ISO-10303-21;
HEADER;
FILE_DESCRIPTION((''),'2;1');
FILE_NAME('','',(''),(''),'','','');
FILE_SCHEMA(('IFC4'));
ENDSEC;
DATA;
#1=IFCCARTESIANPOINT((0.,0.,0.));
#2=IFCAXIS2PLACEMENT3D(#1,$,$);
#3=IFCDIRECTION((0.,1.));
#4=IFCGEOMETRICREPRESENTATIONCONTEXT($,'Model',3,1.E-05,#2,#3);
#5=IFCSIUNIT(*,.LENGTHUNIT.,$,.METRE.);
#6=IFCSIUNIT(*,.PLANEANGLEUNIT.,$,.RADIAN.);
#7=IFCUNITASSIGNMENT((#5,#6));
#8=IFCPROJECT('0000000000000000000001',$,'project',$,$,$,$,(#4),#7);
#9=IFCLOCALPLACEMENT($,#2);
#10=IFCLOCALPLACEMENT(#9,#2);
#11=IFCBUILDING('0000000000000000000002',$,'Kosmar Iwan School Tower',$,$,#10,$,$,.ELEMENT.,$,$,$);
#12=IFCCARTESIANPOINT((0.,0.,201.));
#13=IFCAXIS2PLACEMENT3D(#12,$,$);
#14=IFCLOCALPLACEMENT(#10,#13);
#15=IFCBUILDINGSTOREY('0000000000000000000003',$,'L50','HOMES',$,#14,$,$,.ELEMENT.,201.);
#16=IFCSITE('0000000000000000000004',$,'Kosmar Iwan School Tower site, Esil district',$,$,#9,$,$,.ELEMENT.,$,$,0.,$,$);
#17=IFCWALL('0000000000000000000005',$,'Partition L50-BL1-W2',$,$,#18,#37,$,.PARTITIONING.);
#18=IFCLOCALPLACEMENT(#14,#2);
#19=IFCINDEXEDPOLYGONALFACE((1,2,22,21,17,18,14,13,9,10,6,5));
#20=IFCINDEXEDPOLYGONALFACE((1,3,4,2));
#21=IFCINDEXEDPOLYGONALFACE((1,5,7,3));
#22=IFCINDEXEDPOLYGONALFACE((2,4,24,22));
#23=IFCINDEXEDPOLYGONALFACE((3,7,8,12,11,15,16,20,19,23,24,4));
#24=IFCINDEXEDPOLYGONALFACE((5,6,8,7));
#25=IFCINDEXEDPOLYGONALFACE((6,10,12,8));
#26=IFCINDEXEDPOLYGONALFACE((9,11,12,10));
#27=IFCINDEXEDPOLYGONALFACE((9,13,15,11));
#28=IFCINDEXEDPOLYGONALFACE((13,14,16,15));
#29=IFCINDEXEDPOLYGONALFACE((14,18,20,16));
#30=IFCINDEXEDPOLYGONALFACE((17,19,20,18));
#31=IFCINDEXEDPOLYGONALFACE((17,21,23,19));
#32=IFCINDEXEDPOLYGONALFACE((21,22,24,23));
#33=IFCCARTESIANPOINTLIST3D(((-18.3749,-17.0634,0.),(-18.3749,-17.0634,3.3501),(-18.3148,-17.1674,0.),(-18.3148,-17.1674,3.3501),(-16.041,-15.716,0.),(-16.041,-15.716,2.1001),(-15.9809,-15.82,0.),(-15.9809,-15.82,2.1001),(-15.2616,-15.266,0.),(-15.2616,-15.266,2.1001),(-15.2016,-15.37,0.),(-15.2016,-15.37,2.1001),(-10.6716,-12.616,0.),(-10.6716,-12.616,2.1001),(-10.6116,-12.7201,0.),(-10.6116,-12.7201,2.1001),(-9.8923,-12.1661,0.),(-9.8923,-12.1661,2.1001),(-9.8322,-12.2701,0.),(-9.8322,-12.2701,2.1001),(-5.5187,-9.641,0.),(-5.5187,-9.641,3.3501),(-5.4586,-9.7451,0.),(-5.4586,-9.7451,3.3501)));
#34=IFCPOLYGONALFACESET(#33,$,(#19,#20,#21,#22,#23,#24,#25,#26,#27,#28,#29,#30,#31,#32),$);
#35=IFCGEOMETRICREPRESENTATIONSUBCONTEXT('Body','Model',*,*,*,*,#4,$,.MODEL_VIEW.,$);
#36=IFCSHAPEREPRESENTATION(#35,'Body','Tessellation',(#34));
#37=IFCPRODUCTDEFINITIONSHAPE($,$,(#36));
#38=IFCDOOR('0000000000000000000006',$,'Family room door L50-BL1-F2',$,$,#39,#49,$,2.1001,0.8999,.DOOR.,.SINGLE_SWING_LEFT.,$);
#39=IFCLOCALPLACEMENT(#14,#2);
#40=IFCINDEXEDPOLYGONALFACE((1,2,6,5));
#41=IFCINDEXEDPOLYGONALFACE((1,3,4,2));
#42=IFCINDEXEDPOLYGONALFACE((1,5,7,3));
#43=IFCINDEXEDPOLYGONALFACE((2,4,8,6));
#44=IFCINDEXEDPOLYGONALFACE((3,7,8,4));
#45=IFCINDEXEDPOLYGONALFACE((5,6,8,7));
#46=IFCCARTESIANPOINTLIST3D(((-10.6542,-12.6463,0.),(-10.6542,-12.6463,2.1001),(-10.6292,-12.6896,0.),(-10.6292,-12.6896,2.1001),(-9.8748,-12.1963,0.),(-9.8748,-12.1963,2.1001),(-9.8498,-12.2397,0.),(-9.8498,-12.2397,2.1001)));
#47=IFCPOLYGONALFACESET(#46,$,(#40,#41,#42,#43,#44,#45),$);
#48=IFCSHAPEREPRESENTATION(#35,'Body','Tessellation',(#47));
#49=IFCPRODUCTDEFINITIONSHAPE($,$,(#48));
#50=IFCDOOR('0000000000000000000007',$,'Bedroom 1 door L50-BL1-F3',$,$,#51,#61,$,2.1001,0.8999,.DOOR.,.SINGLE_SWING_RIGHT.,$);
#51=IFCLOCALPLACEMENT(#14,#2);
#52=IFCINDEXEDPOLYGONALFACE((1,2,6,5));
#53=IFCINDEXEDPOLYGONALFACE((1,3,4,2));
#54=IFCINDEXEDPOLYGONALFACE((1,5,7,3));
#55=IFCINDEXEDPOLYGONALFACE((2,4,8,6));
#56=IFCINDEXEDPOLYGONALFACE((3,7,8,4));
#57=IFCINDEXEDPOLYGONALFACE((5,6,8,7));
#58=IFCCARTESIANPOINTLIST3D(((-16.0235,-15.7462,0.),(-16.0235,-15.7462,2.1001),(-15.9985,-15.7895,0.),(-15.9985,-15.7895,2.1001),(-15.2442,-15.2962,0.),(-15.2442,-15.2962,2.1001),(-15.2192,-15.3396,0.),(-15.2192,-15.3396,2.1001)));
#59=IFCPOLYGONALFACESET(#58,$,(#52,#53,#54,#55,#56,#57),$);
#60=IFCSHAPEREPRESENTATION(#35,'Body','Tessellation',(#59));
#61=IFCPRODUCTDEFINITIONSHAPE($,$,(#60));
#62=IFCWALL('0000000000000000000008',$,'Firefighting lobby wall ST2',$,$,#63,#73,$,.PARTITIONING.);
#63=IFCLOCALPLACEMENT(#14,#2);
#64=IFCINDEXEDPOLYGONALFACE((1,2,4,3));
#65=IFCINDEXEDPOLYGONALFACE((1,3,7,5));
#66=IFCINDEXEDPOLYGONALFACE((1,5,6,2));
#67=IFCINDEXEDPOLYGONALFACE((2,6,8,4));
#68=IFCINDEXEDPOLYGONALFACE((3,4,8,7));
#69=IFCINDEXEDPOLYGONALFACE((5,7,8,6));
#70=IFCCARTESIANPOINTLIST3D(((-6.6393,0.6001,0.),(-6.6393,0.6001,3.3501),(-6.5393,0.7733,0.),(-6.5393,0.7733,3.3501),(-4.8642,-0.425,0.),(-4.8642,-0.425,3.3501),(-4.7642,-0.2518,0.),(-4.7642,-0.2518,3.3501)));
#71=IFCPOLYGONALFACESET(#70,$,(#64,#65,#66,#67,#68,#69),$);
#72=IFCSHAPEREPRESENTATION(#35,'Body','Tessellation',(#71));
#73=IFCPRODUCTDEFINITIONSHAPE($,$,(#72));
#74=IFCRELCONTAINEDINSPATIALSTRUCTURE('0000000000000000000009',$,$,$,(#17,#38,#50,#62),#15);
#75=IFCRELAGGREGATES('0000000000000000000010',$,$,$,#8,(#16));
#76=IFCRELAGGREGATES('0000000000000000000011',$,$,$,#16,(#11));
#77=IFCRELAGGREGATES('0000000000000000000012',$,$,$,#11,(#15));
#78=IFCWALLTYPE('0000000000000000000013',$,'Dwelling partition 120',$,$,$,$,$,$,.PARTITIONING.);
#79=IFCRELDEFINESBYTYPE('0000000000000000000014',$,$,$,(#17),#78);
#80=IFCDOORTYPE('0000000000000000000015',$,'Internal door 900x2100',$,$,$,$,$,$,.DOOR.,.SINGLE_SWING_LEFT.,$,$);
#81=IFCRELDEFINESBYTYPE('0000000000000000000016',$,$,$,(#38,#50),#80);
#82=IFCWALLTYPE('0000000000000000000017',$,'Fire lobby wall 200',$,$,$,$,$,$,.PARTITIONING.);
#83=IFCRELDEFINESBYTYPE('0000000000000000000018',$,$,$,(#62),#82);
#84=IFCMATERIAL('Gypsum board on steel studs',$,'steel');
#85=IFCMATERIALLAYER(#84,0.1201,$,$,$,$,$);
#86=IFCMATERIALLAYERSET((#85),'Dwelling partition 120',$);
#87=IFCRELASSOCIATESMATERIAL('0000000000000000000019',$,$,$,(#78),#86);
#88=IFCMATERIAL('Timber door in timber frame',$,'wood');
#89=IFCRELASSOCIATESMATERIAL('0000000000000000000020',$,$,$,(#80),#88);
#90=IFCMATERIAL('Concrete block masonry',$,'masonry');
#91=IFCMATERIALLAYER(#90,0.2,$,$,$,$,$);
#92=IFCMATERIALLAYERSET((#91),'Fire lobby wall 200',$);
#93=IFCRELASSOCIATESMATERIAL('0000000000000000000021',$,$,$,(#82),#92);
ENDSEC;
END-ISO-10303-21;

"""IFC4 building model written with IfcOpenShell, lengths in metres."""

from ifc_helpers import new_model, si_unit, direction, frame, frame_2d, origin, place, context, subcontext, project, spatial, rectangle, extrude, material, layer, layer_set, type_object, element, fill, save


model = new_model("IFC4")

# Units and contexts
model_context = context("Model", 3, precision=1e-05, world=origin(), true_north=direction((0.0, 1.0)))
body_context = subcontext(model_context, "Body", "Model", "MODEL_VIEW")
ifc_project = project(units=[si_unit("LENGTHUNIT", "METRE"), si_unit("PLANEANGLEUNIT", "RADIAN")], contexts=[model_context])

# Site, building, storey
site_placement = place(None, origin())
site = spatial("IfcSite", under=ifc_project, at=site_placement, Name="Kosmar Iwan School Tower site, Esil district", CompositionType="ELEMENT", RefElevation=0.0)
building_placement = place(site_placement, origin())
building = spatial("IfcBuilding", under=site, at=building_placement, Name="Kosmar Iwan School Tower", CompositionType="ELEMENT")
storey_placement = place(building_placement, frame((0.0, 0.0, 201.0)))
storey = spatial("IfcBuildingStorey", under=building, at=storey_placement, Name="L50", Description="HOMES", CompositionType="ELEMENT", Elevation=201.0)

# Wall, openings, doors
ifc_material_1 = material(Name="Gypsum board on steel studs", Category="steel")
ifc_layer_1 = layer(ifc_material_1, 0.1201)
ifc_layer_set_1 = layer_set([ifc_layer_1], Name="Dwelling partition 120")
wall_type_1 = type_object("IfcWallType", Name="Dwelling partition 120", PredefinedType="PARTITIONING", material=ifc_layer_set_1)
ifc_material_2 = material(Name="Timber door in timber frame", Category="wood")
door_type_1 = type_object("IfcDoorType", Name="Internal door 900x2100", OperationType="SINGLE_SWING_LEFT", PredefinedType="DOOR", material=ifc_material_2)
wall_1_placement = place(storey_placement, frame((-5.4888, -9.6931, 0.0), z_axis=(0.0, 0.0, 1.0), x_axis=(-0.86603, -0.499992, 0.0)))
wall_1 = element("IfcWall", 1, at=wall_1_placement, inside=storey, type_object=wall_type_1, Name="Partition L50-BL1-W2", PredefinedType="PARTITIONING", context=body_context, shape_type="SweptSolid", body=[
    extrude(rectangle(XDim=14.845, YDim=0.1201, at=frame_2d((7.4224, 0.0))), origin(), (0.0, 0.0, 1.0), 3.3501),
])
opening_1_placement = place(wall_1_placement, frame((5.05, 0.0, 0.0)))
opening_1 = element("IfcOpeningElement", 2, at=opening_1_placement, cuts=wall_1, PredefinedType="OPENING", context=body_context, shape_type="SweptSolid", body=[
    extrude(rectangle(XDim=0.8999, YDim=2.1001, at=frame_2d((0.45, 1.05))), frame((0.0, 0.072, 0.0), z_axis=(0.0, -1.0, 0.0), x_axis=(1.0, 0.0, 0.0)), (0.0, 0.0, 1.0), 0.144),
])
opening_2_placement = place(wall_1_placement, frame((11.25, 0.0, 0.0)))
opening_2 = element("IfcOpeningElement", 3, at=opening_2_placement, cuts=wall_1, PredefinedType="OPENING", context=body_context, shape_type="SweptSolid", body=[
    extrude(rectangle(XDim=0.8999, YDim=2.1001, at=frame_2d((0.45, 1.05))), frame((0.0, 0.072, 0.0), z_axis=(0.0, -1.0, 0.0), x_axis=(1.0, 0.0, 0.0)), (0.0, 0.0, 1.0), 0.144),
])
door_1_placement = place(opening_1_placement, origin())
door_1 = element("IfcDoor", 4, at=door_1_placement, inside=storey, type_object=door_type_1, Name="Family room door L50-BL1-F2", OperationType="SINGLE_SWING_LEFT", OverallHeight=2.1001, OverallWidth=0.8999, PredefinedType="DOOR", context=body_context, shape_type="SweptSolid", body=[
    extrude(rectangle(XDim=0.8999, YDim=2.1001, at=frame_2d((0.45, 1.05))), frame((0.0, 0.0249, 0.0), z_axis=(0.0, -1.0, 0.0), x_axis=(1.0, 0.0, 0.0)), (0.0, 0.0, 1.0), 0.05),
])
fill(opening_1, door_1)
door_2_placement = place(opening_2_placement, origin())
door_2 = element("IfcDoor", 5, at=door_2_placement, inside=storey, type_object=door_type_1, Name="Bedroom 1 door L50-BL1-F3", OperationType="SINGLE_SWING_RIGHT", OverallHeight=2.1001, OverallWidth=0.8999, PredefinedType="DOOR", context=body_context, shape_type="SweptSolid", body=[
    extrude(rectangle(XDim=0.8999, YDim=2.1001, at=frame_2d((0.45, 1.05))), frame((0.0, 0.0249, 0.0), z_axis=(0.0, -1.0, 0.0), x_axis=(1.0, 0.0, 0.0)), (0.0, 0.0, 1.0), 0.05),
])
fill(opening_2, door_2)

# Wall
ifc_material_3 = material(Name="Concrete block masonry", Category="masonry")
ifc_layer_2 = layer(ifc_material_3, 0.2)
ifc_layer_set_2 = layer_set([ifc_layer_2], Name="Fire lobby wall 200")
wall_type_2 = type_object("IfcWallType", Name="Fire lobby wall 200", PredefinedType="PARTITIONING", material=ifc_layer_set_2)
wall_2_placement = place(storey_placement, frame((-4.8142, -0.3384, 0.0), z_axis=(0.0, 0.0, 1.0), x_axis=(-0.865969, 0.500097, 0.0)))
element("IfcWall", 6, at=wall_2_placement, inside=storey, type_object=wall_type_2, Name="Firefighting lobby wall ST2", PredefinedType="PARTITIONING", context=body_context, shape_type="SweptSolid", body=[
    extrude(rectangle(XDim=2.0498, YDim=0.2, at=frame_2d((1.0249, 0.0))), origin(), (0.0, 0.0, 1.0), 3.3501),
])

save(model, "model.ifc")
